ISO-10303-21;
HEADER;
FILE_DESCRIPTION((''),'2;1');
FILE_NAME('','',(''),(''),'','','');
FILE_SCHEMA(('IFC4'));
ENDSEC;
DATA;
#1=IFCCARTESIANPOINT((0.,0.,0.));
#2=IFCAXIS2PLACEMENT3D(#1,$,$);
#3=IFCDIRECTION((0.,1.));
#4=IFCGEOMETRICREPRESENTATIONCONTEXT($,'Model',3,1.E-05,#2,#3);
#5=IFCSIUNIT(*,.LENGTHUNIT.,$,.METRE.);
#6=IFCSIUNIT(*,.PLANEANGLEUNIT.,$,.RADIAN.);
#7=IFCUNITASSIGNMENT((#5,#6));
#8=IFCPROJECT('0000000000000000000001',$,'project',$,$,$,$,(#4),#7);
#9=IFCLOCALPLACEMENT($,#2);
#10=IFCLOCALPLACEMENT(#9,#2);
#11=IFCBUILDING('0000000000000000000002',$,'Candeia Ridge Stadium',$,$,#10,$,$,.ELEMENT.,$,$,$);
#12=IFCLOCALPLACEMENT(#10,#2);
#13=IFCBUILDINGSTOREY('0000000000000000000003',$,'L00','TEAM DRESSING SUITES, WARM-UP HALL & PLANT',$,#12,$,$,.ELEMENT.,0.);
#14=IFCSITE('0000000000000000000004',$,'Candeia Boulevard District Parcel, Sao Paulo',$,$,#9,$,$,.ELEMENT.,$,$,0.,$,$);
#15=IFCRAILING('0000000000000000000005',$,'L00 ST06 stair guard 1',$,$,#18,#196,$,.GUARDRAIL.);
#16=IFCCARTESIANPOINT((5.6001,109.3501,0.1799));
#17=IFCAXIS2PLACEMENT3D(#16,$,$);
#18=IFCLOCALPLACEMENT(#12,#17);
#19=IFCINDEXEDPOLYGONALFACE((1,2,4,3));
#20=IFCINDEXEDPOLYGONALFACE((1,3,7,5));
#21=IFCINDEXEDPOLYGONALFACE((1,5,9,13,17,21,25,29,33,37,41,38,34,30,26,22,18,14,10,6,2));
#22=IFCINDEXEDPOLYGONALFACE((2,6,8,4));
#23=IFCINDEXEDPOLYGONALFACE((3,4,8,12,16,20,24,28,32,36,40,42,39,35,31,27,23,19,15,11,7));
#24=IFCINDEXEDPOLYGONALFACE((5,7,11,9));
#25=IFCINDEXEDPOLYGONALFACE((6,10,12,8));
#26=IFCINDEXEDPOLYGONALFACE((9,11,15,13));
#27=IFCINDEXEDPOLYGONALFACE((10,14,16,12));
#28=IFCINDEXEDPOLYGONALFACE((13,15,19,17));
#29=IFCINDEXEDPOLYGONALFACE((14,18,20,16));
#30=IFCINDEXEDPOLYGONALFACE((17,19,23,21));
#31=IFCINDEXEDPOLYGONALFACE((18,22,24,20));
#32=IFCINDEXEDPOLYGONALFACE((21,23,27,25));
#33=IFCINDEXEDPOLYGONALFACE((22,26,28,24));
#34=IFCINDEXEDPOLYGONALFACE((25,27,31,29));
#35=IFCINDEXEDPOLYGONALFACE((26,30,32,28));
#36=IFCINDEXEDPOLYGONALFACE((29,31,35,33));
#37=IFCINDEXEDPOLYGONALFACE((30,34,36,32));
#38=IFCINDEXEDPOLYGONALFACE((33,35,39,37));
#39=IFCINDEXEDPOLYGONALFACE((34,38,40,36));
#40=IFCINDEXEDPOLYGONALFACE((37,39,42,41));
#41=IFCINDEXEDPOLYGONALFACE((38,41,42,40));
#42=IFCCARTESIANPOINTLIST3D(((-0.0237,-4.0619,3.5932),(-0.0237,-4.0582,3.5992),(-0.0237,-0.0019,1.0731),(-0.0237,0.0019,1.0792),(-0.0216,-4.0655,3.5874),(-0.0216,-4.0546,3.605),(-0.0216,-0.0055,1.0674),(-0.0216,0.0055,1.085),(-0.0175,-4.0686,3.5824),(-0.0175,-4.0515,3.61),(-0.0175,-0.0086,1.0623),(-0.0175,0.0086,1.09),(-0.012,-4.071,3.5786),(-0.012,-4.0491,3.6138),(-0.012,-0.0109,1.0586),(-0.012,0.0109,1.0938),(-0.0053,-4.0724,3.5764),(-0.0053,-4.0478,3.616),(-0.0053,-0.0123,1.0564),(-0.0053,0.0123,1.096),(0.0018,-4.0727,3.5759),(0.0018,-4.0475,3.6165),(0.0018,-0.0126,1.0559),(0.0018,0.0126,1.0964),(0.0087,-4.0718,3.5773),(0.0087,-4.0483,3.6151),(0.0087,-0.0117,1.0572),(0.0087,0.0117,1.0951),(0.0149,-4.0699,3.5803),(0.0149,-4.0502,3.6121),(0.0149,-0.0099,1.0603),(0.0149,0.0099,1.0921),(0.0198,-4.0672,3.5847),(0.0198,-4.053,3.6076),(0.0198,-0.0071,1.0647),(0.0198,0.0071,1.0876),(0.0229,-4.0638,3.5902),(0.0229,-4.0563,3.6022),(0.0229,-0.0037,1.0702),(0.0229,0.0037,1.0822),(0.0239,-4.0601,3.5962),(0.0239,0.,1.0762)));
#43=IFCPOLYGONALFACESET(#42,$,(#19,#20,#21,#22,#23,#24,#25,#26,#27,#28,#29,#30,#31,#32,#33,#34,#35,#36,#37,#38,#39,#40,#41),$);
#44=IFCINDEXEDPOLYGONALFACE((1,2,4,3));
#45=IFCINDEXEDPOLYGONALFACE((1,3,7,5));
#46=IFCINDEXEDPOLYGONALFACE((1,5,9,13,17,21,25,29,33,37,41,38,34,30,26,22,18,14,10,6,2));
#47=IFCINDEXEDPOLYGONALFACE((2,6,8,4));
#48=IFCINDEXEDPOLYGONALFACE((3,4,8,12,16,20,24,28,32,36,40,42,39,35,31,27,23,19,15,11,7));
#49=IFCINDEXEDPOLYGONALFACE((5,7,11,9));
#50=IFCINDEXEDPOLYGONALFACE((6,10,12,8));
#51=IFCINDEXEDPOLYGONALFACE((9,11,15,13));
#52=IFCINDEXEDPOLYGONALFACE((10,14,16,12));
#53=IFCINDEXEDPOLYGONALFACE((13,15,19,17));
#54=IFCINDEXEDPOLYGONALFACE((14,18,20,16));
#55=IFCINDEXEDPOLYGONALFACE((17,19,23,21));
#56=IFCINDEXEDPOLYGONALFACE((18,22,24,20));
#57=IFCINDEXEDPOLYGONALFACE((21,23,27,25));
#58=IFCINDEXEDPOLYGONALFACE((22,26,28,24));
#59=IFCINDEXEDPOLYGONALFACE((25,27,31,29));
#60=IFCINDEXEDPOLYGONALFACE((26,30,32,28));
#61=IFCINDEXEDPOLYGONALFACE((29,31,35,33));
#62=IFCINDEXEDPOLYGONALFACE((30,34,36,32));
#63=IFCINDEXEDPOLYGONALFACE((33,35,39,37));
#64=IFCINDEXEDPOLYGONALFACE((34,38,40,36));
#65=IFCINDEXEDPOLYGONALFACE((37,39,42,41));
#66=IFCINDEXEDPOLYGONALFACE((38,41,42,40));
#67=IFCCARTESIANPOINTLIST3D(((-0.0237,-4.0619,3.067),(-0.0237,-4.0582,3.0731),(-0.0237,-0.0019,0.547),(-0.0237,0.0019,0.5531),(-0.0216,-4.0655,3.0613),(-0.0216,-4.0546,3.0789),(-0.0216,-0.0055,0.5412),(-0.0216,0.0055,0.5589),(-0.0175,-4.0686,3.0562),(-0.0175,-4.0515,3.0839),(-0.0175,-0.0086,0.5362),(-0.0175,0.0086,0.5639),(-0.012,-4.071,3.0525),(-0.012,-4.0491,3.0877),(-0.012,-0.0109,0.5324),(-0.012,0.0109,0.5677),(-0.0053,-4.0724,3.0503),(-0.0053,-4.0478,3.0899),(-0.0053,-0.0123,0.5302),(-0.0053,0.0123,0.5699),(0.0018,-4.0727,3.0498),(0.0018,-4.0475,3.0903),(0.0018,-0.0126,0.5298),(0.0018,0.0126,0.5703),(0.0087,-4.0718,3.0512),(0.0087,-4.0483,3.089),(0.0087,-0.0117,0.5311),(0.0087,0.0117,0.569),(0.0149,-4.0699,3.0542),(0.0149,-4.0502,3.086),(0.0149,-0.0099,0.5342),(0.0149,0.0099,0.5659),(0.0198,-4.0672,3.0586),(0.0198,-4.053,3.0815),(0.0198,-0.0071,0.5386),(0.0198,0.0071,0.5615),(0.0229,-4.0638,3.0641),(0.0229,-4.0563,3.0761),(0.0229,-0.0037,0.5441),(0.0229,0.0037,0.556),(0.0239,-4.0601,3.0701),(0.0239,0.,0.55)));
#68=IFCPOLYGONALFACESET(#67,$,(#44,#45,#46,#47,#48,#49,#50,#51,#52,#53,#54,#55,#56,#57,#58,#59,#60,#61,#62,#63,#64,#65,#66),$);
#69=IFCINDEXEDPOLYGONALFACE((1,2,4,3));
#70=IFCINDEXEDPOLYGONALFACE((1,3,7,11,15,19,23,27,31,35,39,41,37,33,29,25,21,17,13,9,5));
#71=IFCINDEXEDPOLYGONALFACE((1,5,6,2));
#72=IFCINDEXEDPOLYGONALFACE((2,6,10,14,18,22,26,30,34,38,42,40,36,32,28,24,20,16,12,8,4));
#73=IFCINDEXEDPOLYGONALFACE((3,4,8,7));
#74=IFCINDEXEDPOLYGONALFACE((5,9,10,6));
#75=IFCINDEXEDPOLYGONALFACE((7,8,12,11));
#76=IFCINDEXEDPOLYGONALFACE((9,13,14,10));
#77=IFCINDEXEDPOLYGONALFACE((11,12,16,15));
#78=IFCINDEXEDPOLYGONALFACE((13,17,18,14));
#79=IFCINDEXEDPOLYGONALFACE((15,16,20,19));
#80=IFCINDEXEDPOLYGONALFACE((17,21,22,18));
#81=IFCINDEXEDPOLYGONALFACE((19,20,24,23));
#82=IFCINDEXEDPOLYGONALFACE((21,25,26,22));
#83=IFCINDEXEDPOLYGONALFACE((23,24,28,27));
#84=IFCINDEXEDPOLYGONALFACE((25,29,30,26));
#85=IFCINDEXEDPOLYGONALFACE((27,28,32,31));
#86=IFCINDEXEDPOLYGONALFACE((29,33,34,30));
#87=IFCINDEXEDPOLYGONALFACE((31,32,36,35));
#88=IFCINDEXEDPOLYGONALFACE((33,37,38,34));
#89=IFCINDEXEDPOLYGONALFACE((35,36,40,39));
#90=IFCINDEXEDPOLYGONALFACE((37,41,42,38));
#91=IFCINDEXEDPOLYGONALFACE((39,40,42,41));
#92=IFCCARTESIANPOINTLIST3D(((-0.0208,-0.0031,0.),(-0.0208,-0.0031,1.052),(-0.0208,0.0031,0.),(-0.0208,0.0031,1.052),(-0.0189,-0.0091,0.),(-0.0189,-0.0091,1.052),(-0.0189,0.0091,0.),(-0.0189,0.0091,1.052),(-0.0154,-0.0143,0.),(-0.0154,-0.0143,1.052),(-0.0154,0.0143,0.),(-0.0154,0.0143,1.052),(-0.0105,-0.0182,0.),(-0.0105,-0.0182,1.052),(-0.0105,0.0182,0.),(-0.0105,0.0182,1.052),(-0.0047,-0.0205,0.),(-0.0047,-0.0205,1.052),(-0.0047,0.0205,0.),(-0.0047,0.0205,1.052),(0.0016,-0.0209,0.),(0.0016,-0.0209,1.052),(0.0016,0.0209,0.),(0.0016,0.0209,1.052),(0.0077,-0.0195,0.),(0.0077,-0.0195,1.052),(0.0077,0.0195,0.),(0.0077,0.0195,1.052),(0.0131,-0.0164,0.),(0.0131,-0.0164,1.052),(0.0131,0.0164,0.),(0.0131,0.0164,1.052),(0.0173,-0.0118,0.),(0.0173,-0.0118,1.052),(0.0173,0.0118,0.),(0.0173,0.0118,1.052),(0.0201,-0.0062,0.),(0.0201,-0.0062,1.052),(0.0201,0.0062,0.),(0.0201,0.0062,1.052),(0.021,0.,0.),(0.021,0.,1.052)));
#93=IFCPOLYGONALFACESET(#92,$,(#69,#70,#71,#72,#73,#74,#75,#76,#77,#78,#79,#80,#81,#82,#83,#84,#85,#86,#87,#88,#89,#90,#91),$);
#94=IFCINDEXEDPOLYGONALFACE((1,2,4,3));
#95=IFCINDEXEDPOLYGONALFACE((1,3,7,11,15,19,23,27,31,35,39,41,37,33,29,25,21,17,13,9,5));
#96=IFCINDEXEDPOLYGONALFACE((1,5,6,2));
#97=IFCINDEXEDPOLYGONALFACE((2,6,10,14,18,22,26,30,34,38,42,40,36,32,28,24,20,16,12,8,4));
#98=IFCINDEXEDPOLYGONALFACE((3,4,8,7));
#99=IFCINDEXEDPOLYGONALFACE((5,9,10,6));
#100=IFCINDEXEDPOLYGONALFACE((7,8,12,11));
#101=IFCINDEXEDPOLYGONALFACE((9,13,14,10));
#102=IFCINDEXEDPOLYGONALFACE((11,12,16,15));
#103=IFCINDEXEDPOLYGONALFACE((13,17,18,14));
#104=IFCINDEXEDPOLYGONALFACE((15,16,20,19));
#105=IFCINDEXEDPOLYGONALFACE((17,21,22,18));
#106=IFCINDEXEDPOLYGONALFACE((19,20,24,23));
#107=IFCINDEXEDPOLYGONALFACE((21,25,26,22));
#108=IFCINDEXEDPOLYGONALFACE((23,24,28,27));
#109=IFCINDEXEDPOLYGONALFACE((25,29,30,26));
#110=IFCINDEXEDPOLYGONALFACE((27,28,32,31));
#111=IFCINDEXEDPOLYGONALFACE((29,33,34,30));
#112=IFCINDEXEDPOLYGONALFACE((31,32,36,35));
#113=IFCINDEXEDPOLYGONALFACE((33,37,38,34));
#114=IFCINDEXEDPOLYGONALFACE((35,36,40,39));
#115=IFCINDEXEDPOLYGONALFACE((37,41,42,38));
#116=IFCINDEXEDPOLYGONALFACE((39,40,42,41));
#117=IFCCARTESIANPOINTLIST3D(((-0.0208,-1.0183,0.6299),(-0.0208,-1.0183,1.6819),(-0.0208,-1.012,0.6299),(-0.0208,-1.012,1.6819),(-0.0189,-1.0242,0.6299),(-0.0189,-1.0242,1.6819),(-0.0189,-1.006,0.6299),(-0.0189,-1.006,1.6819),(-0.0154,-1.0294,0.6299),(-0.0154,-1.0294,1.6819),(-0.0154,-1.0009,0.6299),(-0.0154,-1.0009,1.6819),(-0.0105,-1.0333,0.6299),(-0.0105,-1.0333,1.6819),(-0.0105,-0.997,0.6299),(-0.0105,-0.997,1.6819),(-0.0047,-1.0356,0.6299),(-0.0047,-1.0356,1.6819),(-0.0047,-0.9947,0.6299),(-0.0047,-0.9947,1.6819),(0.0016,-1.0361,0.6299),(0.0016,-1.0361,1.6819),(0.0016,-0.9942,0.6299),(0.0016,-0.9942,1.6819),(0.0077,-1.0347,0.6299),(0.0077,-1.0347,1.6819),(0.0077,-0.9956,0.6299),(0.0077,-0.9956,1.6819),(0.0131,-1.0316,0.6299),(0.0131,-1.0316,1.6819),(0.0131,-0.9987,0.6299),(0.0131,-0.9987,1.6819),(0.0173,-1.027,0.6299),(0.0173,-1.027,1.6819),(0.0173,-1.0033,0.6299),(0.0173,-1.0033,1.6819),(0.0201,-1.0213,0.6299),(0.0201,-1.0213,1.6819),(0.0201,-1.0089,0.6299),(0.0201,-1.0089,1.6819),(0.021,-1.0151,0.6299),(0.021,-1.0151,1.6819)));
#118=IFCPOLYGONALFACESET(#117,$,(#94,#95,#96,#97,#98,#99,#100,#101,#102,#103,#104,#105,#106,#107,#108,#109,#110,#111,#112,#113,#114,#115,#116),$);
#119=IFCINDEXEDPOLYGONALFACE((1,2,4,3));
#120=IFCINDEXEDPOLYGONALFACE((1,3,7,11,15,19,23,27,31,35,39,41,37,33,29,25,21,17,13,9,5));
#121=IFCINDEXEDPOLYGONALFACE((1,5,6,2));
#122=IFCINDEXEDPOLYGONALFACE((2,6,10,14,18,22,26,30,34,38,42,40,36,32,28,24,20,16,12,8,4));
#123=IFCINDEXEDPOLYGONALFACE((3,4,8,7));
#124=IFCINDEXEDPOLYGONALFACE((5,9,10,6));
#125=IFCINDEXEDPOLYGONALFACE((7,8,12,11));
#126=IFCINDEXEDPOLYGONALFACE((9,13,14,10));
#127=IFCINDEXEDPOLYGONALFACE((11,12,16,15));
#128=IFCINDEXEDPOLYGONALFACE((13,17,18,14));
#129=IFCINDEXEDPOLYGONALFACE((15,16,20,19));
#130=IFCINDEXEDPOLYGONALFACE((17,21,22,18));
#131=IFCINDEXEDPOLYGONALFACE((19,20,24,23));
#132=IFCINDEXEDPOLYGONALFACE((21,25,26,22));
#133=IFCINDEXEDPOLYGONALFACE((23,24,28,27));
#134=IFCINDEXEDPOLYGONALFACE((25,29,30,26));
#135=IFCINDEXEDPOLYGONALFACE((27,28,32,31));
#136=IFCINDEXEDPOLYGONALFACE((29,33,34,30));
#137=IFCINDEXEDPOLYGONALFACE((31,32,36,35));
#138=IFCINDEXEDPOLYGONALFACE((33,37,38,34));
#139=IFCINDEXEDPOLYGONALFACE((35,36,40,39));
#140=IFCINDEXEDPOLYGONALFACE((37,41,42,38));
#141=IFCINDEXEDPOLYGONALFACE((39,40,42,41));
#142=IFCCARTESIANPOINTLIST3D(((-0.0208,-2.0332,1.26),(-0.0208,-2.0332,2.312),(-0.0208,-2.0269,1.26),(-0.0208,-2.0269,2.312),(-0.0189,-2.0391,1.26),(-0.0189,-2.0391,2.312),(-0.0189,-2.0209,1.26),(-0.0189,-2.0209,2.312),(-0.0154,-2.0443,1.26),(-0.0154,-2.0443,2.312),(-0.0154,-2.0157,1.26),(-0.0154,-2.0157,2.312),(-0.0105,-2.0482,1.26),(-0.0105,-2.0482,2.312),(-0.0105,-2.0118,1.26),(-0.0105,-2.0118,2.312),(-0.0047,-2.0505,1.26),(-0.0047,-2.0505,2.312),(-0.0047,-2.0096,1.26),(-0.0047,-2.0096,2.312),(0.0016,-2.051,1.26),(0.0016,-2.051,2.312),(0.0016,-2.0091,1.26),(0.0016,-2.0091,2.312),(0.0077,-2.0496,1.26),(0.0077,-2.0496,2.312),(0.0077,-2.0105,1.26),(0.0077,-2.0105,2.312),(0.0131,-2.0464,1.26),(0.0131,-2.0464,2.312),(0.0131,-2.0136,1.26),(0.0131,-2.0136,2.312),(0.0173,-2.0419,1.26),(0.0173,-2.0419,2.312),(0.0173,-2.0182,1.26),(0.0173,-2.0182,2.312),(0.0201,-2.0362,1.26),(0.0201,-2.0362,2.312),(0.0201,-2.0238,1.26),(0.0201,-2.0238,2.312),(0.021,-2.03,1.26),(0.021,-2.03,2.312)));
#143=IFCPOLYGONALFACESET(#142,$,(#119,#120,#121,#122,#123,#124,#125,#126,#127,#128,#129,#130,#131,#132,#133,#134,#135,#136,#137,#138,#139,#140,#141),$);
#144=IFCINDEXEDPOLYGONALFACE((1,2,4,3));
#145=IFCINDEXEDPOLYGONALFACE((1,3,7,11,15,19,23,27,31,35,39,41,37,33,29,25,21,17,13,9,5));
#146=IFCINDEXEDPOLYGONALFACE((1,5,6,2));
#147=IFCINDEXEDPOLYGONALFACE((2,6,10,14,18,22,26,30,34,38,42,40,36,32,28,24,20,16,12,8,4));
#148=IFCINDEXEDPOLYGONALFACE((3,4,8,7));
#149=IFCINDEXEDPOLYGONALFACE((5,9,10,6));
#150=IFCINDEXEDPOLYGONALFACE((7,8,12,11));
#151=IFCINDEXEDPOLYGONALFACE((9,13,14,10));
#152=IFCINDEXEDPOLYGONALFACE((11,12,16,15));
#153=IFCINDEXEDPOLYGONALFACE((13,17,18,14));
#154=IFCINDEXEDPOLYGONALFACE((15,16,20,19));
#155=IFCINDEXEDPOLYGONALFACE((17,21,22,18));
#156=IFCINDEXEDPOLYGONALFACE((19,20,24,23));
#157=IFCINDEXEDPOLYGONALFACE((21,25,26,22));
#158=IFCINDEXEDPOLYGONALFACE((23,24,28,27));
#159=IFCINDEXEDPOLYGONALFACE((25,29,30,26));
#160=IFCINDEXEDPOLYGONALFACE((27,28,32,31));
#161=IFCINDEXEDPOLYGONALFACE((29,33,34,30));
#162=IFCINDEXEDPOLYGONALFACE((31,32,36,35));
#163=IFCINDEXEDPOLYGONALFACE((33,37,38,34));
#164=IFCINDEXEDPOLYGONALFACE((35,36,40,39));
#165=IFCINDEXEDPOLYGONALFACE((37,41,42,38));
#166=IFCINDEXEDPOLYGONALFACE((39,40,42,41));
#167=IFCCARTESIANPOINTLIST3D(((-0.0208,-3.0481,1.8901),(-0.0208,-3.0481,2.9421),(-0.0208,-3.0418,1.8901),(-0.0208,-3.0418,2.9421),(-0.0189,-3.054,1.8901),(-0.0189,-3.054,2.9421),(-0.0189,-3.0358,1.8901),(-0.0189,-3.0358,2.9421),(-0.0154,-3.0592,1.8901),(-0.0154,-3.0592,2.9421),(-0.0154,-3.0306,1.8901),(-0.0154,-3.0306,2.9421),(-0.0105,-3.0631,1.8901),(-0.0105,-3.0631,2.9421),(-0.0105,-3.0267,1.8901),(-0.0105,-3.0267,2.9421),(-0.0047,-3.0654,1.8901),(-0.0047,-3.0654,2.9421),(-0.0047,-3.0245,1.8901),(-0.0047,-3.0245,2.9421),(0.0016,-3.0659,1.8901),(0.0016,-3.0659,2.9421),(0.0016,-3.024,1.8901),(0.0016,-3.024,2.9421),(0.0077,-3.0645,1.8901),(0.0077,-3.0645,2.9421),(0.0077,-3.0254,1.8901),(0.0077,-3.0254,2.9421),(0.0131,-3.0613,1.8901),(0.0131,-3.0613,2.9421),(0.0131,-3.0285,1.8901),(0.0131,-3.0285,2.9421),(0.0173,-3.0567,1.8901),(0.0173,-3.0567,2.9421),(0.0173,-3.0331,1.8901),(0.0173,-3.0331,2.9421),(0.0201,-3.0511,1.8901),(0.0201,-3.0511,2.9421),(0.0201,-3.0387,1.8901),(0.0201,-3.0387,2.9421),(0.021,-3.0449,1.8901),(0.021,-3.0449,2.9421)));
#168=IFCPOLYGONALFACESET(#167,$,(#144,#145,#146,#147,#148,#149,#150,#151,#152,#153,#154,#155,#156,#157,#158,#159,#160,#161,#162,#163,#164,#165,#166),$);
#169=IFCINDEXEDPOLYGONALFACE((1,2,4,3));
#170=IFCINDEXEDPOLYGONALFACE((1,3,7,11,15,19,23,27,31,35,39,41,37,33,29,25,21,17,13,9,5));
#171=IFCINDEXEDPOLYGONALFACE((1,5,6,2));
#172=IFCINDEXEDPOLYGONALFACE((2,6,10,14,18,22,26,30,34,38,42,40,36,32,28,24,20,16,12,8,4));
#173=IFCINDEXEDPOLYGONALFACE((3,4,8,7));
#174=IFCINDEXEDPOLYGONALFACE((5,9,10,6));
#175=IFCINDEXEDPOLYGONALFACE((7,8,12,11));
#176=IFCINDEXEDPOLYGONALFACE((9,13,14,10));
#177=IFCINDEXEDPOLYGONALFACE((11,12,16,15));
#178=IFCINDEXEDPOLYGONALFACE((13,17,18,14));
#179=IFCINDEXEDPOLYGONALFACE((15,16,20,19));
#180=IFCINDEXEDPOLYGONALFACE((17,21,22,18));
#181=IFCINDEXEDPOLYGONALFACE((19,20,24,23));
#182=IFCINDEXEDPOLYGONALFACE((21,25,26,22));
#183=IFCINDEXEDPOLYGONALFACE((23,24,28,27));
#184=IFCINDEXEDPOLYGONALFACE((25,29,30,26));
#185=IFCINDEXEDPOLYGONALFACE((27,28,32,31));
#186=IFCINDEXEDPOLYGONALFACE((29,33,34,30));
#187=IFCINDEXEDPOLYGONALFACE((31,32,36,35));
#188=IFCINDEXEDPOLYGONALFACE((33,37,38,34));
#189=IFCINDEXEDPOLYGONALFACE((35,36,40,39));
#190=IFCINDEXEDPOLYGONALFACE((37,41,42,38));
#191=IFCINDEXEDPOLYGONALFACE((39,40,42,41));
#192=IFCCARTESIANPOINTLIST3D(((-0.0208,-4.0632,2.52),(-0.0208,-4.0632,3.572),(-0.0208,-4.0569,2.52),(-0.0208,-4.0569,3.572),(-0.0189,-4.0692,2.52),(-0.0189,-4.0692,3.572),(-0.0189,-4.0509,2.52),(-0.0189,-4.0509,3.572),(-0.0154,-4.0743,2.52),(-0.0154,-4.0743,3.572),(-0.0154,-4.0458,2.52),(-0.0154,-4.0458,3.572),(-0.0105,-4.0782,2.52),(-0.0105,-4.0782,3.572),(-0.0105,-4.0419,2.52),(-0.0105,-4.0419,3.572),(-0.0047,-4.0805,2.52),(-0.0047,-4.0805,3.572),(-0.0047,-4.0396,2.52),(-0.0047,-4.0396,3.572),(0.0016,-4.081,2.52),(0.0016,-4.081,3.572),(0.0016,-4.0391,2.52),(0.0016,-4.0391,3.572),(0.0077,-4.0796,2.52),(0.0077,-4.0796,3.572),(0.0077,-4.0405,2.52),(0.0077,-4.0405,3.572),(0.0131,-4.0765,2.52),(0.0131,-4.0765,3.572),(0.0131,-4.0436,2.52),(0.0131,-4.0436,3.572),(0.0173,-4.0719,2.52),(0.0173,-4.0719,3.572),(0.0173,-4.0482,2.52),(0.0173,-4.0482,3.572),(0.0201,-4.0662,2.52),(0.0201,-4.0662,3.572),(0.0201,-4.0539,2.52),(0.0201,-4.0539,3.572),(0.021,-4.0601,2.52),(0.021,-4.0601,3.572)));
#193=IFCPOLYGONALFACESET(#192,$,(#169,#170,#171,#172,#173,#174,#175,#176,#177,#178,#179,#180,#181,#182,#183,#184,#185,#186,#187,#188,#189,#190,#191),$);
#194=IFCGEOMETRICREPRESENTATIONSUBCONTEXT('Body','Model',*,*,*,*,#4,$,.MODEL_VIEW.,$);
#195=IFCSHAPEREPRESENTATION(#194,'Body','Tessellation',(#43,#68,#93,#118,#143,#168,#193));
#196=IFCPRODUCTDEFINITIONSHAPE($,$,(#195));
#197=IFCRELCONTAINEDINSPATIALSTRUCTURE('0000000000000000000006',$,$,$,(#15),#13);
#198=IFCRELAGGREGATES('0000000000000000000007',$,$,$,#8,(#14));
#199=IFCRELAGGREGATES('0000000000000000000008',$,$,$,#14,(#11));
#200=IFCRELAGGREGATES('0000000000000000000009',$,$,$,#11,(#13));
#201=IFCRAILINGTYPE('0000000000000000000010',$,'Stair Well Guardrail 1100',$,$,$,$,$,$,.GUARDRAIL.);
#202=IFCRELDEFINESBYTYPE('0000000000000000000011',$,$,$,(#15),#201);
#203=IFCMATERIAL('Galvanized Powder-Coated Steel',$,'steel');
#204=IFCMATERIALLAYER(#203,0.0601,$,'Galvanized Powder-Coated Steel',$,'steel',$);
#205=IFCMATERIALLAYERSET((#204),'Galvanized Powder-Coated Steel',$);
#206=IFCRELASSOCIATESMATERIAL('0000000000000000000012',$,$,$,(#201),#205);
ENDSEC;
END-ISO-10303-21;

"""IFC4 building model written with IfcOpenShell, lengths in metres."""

from ifc_helpers import new_model, si_unit, direction, frame, origin, origin_2d, place, context, subcontext, project, spatial, circle, extrude, material, layer, layer_set, type_object, element, save


model = new_model("IFC4")

# Units and contexts
model_context = context("Model", 3, precision=1e-05, world=origin(), true_north=direction((0.0, 1.0)))
body_context = subcontext(model_context, "Body", "Model", "MODEL_VIEW")
ifc_project = project(units=[si_unit("LENGTHUNIT", "METRE"), si_unit("PLANEANGLEUNIT", "RADIAN")], contexts=[model_context])

# Site, building, storey
site_placement = place(None, origin())
site = spatial("IfcSite", under=ifc_project, at=site_placement, Name="Candeia Boulevard District Parcel, Sao Paulo", CompositionType="ELEMENT", RefElevation=0.0)
building_placement = place(site_placement, origin())
building = spatial("IfcBuilding", under=site, at=building_placement, Name="Candeia Ridge Stadium", CompositionType="ELEMENT")
storey_placement = place(building_placement, origin())
storey = spatial("IfcBuildingStorey", under=building, at=storey_placement, Name="L00", Description="TEAM DRESSING SUITES, WARM-UP HALL & PLANT", CompositionType="ELEMENT", Elevation=0.0)

# Railing
ifc_material_1 = material(Name="Galvanized Powder-Coated Steel", Category="steel")
ifc_layer_1 = layer(ifc_material_1, 0.0601, Name="Galvanized Powder-Coated Steel", Category="steel")
ifc_layer_set_1 = layer_set([ifc_layer_1], Name="Galvanized Powder-Coated Steel")
railing_type = type_object("IfcRailingType", Name="Stair Well Guardrail 1100", PredefinedType="GUARDRAIL", material=ifc_layer_set_1)
railing_1_placement = place(storey_placement, frame((5.6001, 109.3501, 0.1799)))
element("IfcRailing", 1, at=railing_1_placement, inside=storey, type_object=railing_type, Name="L00 ST06 stair guard 1", PredefinedType="GUARDRAIL", context=body_context, shape_type="SweptSolid", body=[
    extrude(circle(Radius=0.0239, at=origin_2d()), frame((0.0, 0.0, 1.0762), z_axis=(0.0, -0.849642, 0.52736), x_axis=(1.0, 0.0, 0.0)), (0.0, 0.0, 1.0), 4.7786),
    extrude(circle(Radius=0.0239, at=origin_2d()), frame((0.0, 0.0, 0.55), z_axis=(0.0, -0.849642, 0.52736), x_axis=(1.0, 0.0, 0.0)), (0.0, 0.0, 1.0), 4.7786),
    extrude(circle(Radius=0.021, at=origin_2d()), origin(), (0.0, 0.0, 1.0), 1.052),
    extrude(circle(Radius=0.021, at=origin_2d()), frame((0.0, -1.0151, 0.6299)), (0.0, 0.0, 1.0), 1.052),
    extrude(circle(Radius=0.021, at=origin_2d()), frame((0.0, -2.03, 1.26)), (0.0, 0.0, 1.0), 1.052),
    extrude(circle(Radius=0.021, at=origin_2d()), frame((0.0, -3.0449, 1.8901)), (0.0, 0.0, 1.0), 1.052),
    extrude(circle(Radius=0.021, at=origin_2d()), frame((0.0, -4.0601, 2.52)), (0.0, 0.0, 1.0), 1.052),
])

save(model, "model.ifc")
